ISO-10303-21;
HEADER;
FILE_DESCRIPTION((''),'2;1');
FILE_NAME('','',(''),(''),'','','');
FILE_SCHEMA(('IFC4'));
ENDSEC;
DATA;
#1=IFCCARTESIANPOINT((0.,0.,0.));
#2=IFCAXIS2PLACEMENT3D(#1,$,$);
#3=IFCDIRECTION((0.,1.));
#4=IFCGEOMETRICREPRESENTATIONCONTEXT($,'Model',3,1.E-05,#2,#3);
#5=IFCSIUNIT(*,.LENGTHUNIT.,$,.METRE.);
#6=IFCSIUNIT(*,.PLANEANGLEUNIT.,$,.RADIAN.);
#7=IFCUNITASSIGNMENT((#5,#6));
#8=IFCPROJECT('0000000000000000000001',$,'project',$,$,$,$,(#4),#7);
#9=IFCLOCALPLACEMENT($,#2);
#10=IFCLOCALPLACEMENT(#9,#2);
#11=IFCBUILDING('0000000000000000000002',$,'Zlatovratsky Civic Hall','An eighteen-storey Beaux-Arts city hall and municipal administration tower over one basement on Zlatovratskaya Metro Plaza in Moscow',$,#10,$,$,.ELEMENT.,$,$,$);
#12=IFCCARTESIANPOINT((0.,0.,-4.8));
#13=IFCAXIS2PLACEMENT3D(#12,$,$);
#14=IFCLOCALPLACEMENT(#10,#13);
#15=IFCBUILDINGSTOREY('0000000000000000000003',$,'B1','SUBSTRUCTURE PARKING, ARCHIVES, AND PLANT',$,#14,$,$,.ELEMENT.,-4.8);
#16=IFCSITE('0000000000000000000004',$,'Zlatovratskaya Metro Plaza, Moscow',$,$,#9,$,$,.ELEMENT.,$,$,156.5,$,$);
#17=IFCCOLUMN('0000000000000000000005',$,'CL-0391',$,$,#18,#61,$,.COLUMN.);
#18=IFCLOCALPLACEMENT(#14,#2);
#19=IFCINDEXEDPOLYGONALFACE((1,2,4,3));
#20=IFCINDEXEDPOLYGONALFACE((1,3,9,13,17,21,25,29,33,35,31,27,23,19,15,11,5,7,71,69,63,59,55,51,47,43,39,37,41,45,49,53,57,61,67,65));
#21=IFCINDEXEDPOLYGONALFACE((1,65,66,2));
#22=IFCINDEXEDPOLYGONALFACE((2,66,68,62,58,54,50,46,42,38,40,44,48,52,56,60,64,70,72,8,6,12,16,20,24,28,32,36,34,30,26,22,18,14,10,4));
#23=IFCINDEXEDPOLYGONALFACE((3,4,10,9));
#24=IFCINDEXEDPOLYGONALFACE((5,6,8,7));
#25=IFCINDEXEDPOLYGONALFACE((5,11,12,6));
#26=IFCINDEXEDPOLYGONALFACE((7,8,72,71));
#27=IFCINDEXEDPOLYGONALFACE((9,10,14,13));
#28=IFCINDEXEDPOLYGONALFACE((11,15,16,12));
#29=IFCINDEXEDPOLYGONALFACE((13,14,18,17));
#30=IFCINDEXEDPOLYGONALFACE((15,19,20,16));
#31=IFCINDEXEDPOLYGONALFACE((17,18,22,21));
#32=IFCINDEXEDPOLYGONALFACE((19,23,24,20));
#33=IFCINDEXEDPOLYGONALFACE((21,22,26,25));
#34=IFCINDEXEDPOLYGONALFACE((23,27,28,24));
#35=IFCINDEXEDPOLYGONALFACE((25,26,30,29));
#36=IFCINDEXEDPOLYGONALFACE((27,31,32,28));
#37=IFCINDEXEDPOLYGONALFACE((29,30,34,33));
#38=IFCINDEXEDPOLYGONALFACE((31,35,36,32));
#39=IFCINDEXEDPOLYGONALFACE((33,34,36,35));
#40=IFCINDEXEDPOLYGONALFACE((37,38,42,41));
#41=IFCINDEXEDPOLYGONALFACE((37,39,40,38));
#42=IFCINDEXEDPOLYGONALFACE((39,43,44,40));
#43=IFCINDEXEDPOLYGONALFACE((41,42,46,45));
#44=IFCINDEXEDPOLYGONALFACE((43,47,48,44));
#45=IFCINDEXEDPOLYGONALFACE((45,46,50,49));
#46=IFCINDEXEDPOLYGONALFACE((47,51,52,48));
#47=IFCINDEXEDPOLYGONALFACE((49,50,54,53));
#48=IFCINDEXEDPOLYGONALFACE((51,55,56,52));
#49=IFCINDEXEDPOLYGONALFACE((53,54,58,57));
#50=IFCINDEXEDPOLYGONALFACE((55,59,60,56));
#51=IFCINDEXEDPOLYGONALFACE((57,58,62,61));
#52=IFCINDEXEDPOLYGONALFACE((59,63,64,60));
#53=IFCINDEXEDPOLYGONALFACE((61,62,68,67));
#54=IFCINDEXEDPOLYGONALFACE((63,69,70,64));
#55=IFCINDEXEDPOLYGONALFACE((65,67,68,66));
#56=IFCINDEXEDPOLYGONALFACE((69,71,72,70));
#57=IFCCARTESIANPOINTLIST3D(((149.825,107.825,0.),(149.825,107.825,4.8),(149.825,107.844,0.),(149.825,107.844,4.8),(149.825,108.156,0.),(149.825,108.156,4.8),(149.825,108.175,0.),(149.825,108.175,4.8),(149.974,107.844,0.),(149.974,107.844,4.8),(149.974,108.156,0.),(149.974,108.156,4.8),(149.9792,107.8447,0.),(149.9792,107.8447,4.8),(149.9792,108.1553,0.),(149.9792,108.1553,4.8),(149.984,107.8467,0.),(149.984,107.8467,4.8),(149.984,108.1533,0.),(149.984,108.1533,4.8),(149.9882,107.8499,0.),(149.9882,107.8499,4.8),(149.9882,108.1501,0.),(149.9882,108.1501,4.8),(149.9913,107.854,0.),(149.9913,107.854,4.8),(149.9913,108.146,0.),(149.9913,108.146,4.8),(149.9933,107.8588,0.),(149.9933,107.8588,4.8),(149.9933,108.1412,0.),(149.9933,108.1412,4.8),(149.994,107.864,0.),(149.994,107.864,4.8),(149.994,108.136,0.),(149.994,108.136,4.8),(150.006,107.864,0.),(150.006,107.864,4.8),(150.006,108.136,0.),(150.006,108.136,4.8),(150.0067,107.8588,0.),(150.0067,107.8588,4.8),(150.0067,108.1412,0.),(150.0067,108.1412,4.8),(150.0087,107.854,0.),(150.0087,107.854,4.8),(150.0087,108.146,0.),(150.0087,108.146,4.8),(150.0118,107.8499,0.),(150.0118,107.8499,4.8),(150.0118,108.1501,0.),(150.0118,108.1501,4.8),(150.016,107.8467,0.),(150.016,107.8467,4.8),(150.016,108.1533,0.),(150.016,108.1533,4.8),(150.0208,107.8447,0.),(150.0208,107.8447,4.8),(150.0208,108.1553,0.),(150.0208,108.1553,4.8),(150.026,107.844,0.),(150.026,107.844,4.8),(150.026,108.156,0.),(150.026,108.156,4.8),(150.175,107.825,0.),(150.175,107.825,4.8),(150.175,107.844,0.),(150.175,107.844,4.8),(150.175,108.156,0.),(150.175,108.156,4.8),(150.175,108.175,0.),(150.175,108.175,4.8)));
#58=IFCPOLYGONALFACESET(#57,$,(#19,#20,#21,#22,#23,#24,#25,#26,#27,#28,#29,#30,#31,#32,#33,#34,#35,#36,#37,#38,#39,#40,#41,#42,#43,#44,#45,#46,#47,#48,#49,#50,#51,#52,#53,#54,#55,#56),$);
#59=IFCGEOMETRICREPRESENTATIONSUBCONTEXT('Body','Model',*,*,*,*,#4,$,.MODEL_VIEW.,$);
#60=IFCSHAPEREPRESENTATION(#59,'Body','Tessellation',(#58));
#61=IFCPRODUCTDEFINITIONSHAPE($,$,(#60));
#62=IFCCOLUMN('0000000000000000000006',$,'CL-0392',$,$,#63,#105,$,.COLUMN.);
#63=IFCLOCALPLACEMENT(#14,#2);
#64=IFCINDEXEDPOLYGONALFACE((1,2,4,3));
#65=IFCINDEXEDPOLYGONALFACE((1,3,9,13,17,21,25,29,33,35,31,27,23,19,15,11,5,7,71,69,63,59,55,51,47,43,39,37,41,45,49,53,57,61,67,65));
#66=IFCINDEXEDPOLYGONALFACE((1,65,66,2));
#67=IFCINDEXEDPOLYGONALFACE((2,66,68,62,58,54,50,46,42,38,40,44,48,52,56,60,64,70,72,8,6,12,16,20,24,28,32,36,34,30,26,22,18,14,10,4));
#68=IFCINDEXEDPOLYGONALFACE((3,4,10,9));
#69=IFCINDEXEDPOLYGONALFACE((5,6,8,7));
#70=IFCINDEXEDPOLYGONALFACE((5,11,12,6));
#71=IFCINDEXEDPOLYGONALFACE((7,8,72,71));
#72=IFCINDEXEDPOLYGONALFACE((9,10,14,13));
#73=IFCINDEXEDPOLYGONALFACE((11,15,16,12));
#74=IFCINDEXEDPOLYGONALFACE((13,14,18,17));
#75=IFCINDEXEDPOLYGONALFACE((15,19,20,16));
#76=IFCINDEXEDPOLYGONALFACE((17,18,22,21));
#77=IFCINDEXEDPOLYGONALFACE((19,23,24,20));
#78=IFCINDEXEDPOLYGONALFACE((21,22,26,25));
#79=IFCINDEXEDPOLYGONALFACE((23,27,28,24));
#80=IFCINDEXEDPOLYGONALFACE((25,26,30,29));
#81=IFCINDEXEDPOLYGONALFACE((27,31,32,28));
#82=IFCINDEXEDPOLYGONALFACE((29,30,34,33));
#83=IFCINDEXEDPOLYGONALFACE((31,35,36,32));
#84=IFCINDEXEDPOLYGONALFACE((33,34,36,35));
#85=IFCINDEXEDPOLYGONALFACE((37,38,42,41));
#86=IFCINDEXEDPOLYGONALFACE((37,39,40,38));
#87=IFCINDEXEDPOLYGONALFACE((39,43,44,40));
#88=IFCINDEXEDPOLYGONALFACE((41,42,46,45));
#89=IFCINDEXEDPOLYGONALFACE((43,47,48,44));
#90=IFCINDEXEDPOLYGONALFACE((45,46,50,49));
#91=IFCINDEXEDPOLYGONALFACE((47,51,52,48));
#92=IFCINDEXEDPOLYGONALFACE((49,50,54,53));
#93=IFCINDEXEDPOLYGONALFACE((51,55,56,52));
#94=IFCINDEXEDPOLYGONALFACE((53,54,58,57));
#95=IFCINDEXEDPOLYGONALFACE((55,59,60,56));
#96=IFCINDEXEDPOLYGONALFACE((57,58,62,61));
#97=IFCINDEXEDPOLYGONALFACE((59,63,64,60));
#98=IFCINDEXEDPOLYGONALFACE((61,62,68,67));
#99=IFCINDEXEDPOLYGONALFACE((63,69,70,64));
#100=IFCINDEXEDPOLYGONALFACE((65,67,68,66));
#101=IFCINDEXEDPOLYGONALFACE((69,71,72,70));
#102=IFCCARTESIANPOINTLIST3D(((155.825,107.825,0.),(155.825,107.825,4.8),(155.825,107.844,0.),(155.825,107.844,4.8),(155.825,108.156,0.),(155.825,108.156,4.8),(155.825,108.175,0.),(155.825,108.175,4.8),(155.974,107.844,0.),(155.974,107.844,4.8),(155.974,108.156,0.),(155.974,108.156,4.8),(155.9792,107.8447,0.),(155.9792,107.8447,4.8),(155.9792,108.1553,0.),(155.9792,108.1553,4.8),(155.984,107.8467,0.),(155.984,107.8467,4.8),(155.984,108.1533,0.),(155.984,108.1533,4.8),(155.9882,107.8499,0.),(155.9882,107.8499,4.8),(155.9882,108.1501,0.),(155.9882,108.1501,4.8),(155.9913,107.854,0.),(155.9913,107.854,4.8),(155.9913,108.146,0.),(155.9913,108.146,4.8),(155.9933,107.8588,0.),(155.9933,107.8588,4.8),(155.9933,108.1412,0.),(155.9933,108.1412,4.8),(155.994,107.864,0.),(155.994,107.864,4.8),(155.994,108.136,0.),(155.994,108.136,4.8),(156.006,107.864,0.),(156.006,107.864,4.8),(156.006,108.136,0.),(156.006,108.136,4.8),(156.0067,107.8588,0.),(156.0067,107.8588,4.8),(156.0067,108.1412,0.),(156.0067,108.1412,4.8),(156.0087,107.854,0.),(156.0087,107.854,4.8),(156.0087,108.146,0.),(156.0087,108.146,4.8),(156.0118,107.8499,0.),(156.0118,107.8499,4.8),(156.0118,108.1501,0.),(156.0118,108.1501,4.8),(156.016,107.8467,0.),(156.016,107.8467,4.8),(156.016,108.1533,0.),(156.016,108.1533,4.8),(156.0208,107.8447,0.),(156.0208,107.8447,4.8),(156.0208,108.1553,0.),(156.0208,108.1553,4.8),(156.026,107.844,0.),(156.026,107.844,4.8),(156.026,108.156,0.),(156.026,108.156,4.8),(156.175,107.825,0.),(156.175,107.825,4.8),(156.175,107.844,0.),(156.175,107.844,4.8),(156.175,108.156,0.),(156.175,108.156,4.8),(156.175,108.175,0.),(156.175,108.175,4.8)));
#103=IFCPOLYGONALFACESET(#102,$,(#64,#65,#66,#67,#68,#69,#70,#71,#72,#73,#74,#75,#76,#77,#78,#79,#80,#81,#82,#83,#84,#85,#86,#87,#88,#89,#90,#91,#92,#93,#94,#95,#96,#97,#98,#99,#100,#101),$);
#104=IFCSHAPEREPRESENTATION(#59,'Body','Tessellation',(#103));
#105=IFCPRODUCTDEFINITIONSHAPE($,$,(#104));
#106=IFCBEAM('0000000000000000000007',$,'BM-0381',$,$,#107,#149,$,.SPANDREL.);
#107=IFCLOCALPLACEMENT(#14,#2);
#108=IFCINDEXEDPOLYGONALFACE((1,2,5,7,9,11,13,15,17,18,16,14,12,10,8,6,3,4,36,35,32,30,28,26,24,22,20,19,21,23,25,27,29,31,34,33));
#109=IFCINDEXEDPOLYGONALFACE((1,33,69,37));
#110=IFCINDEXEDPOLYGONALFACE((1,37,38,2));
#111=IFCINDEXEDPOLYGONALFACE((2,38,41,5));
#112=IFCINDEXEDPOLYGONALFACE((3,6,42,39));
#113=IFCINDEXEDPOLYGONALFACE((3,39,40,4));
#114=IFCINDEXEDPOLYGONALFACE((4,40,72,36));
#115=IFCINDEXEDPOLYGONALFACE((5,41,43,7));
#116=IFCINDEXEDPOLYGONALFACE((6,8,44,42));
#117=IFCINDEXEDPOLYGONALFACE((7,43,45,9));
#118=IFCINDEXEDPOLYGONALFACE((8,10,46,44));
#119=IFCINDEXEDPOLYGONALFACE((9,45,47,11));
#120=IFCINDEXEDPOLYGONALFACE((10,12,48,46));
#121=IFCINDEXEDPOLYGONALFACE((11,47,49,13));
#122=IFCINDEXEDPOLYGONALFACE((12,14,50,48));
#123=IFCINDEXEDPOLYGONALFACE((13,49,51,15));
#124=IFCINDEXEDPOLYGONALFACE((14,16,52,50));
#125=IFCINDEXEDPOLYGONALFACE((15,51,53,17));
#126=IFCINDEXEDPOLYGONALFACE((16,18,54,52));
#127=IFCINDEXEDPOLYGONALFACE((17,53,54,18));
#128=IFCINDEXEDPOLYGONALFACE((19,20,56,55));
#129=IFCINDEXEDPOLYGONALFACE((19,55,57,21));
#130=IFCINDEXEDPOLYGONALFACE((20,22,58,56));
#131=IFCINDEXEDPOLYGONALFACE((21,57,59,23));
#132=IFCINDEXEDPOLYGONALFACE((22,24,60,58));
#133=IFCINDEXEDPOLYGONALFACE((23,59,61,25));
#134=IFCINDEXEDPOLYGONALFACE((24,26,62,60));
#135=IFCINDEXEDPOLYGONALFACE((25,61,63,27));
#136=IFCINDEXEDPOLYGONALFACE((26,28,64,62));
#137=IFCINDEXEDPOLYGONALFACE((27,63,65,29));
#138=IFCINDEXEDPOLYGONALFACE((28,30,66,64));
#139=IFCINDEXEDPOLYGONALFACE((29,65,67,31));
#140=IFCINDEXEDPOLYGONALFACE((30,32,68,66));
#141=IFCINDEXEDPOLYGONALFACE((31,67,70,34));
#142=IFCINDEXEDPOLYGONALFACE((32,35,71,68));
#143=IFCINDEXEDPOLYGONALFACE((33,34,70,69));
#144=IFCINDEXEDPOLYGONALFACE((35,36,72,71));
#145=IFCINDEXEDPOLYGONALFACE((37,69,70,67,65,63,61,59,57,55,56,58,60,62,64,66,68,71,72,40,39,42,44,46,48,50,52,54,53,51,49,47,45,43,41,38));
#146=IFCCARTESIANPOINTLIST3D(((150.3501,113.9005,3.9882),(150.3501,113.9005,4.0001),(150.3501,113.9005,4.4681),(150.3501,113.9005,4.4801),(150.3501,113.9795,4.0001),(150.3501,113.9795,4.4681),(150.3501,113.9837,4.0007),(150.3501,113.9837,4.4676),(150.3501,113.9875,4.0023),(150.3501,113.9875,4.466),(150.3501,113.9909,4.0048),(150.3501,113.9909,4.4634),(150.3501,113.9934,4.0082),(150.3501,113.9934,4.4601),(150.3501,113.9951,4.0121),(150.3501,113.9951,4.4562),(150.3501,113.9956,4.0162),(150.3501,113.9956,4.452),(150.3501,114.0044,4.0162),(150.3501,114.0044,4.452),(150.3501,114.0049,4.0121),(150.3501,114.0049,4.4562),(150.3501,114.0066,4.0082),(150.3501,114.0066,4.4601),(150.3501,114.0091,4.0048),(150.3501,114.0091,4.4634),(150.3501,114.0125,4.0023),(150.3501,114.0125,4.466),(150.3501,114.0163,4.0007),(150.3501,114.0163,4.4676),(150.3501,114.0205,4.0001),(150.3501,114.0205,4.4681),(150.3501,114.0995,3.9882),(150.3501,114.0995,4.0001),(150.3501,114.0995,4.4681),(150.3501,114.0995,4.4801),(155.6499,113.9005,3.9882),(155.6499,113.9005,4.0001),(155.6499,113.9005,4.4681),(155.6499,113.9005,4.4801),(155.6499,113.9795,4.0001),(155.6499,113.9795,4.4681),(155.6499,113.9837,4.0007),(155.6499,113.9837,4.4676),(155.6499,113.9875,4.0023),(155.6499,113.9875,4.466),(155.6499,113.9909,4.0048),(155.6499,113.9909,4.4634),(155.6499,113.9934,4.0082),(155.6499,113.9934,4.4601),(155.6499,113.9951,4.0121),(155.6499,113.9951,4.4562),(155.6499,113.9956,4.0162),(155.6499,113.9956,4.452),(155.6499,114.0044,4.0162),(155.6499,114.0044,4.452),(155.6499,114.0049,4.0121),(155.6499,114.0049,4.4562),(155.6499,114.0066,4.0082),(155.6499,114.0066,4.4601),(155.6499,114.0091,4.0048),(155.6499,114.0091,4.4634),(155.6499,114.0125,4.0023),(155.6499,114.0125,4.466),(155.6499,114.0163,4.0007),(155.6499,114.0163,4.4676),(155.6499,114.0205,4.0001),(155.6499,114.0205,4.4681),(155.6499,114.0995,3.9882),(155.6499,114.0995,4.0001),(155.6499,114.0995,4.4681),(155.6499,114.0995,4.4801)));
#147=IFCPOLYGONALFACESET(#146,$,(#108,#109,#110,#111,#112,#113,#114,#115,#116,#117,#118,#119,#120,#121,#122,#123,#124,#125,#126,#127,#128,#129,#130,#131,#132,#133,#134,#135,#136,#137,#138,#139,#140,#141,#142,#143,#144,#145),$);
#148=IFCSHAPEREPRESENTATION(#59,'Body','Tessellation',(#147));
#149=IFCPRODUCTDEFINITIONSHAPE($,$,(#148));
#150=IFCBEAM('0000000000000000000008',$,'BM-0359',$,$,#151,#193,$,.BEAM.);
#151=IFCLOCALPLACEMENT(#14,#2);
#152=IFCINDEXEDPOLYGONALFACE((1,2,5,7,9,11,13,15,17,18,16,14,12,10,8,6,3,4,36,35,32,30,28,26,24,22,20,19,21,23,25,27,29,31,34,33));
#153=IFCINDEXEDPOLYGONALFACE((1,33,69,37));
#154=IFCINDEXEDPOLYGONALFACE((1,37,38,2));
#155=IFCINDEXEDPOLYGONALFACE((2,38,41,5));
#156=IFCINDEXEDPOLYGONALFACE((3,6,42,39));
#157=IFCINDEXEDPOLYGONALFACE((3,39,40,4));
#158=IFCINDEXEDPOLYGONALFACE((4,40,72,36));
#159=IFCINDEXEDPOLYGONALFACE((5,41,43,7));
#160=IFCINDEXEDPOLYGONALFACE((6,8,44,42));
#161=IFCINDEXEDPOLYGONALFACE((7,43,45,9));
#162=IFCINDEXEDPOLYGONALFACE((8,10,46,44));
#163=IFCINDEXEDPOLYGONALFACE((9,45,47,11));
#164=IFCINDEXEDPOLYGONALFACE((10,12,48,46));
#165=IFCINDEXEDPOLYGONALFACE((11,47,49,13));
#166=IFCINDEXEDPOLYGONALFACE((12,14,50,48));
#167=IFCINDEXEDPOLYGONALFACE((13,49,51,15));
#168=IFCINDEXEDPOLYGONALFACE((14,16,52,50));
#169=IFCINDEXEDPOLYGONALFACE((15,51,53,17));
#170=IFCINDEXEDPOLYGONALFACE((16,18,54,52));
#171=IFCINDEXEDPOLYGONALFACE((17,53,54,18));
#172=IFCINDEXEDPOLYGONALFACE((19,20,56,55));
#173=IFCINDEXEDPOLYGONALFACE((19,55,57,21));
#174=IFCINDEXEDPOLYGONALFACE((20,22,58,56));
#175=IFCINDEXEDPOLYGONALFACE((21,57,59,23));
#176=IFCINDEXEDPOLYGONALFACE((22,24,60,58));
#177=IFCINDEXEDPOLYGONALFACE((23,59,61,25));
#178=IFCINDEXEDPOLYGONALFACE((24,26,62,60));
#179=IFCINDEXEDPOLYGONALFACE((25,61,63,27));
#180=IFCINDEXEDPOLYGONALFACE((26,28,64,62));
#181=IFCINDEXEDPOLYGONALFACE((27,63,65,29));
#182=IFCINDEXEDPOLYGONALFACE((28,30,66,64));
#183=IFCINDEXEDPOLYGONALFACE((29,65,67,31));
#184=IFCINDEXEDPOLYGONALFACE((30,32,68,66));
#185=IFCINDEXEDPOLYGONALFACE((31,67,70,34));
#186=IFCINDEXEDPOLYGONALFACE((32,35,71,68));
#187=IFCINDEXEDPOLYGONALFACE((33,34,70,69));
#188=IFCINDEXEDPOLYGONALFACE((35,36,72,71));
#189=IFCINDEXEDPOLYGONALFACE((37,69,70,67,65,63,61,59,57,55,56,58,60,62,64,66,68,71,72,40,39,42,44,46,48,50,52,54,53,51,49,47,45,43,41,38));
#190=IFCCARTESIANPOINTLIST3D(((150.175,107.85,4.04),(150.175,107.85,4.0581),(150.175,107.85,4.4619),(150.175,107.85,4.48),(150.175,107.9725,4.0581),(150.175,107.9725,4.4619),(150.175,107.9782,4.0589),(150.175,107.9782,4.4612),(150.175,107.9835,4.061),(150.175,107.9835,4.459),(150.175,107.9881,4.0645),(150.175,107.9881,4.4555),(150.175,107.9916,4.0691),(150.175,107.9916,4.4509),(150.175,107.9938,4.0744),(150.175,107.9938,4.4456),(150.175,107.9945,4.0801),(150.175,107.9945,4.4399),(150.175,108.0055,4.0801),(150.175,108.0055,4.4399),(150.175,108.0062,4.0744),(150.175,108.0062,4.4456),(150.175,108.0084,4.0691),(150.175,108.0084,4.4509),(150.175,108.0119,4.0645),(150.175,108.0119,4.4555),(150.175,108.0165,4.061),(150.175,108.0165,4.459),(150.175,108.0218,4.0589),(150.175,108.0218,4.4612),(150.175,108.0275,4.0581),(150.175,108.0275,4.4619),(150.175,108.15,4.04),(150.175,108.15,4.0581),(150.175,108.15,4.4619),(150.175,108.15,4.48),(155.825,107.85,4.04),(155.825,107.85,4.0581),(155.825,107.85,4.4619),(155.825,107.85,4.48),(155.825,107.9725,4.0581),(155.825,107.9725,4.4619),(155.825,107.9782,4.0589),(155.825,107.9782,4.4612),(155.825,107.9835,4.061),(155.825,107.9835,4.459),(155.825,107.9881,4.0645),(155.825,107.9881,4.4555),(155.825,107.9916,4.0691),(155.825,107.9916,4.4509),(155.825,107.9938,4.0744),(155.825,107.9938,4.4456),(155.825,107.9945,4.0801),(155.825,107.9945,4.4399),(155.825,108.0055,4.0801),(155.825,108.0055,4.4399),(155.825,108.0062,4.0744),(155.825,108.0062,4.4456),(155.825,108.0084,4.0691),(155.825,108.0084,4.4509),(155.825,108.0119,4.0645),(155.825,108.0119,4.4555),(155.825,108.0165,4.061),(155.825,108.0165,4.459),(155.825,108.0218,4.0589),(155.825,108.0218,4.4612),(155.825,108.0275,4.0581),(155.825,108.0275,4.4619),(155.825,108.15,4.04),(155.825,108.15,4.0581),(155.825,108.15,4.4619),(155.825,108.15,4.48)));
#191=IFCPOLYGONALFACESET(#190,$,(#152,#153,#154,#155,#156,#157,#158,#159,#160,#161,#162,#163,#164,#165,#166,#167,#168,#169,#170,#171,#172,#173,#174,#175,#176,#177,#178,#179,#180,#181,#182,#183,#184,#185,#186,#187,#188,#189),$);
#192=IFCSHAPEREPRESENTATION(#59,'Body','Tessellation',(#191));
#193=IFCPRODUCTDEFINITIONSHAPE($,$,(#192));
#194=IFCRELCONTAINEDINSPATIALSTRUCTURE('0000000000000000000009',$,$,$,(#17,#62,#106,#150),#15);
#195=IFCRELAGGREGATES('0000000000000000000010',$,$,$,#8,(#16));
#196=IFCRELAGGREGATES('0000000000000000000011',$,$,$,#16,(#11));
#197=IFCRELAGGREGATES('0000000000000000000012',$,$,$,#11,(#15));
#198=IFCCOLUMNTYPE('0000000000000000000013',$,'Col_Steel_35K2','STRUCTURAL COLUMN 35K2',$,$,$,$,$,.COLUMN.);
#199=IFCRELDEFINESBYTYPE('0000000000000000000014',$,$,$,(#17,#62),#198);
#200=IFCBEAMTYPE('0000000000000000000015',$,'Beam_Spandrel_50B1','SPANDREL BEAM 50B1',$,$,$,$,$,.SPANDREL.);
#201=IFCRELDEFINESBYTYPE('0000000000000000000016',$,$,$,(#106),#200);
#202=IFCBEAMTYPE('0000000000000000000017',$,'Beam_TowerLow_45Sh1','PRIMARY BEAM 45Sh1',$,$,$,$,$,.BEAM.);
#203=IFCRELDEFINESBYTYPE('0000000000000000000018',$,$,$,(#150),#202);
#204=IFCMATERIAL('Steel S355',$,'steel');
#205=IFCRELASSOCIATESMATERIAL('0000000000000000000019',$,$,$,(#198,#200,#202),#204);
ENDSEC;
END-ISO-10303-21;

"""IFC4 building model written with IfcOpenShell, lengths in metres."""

from ifc_helpers import new_model, si_unit, direction, frame, origin, origin_2d, place, context, subcontext, project, spatial, i_section, extrude, material, material_profile, profile_set, type_object, element, save


model = new_model("IFC4")

# Units and contexts
model_context = context("Model", 3, precision=1e-05, world=origin(), true_north=direction((0.0, 1.0)))
body_context = subcontext(model_context, "Body", "Model", "MODEL_VIEW")
ifc_project = project(units=[si_unit("LENGTHUNIT", "METRE"), si_unit("PLANEANGLEUNIT", "RADIAN")], contexts=[model_context])

# Site, building, storey
site_placement = place(None, origin())
site = spatial("IfcSite", under=ifc_project, at=site_placement, Name="Zlatovratskaya Metro Plaza, Moscow", CompositionType="ELEMENT", RefElevation=156.5)
building_placement = place(site_placement, origin())
building = spatial("IfcBuilding", under=site, at=building_placement, Name="Zlatovratsky Civic Hall", Description="An eighteen-storey Beaux-Arts city hall and municipal administration tower over one basement on Zlatovratskaya Metro Plaza in Moscow", CompositionType="ELEMENT")
storey_placement = place(building_placement, frame((0.0, 0.0, -4.8)))
storey = spatial("IfcBuildingStorey", under=building, at=storey_placement, Name="B1", Description="SUBSTRUCTURE PARKING, ARCHIVES, AND PLANT", CompositionType="ELEMENT", Elevation=-4.8)

# Columns
ifc_material_1 = material(Name="Steel S355", Category="steel")
ifc_material_profile_1 = material_profile(ifc_material_1, i_section(OverallWidth=0.3501, OverallDepth=0.3501, WebThickness=0.012, FlangeThickness=0.019, FilletRadius=0.02, at=origin_2d()), Name="35K2")
ifc_profile_set_1 = profile_set([ifc_material_profile_1], Name="Steel S355")
column_type_1 = type_object("IfcColumnType", Name="Col_Steel_35K2", Description="STRUCTURAL COLUMN 35K2", PredefinedType="COLUMN", material=ifc_profile_set_1)
for number, where, z_axis, x_axis, name in (
    (1, (150.0, 108.0, 0.0), (0.0, 0.0, 1.0), (1.0, 0.0, 0.0), "CL-0391"),
    (2, (156.0, 108.0, 0.0), (0.0, 0.0, 1.0), (1.0, 0.0, 0.0), "CL-0392"),
):
    element("IfcColumn", number, at=place(storey_placement, frame(where, z_axis=z_axis, x_axis=x_axis)), inside=storey, type_object=column_type_1, Name=name, PredefinedType="COLUMN", context=body_context, shape_type="SweptSolid", body=[
        extrude(i_section(OverallWidth=0.3501, OverallDepth=0.3501, WebThickness=0.012, FlangeThickness=0.019, FilletRadius=0.02, at=origin_2d()), origin(), (0.0, 0.0, 1.0), 4.8),
    ])

# Beams
ifc_material_profile_2 = material_profile(ifc_material_1, i_section(OverallWidth=0.199, OverallDepth=0.4919, WebThickness=0.0088, FlangeThickness=0.012, FilletRadius=0.0161, at=origin_2d()), Name="50B1")
ifc_profile_set_2 = profile_set([ifc_material_profile_2], Name="Steel S355")
beam_type_1 = type_object("IfcBeamType", Name="Beam_Spandrel_50B1", Description="SPANDREL BEAM 50B1", PredefinedType="SPANDREL", material=ifc_profile_set_2)
beam_1_placement = place(storey_placement, frame((150.3501, 114.0, 4.2341), z_axis=(1.0, 0.0, 0.0), x_axis=(0.0, 1.0, 0.0)))
element("IfcBeam", 3, at=beam_1_placement, inside=storey, type_object=beam_type_1, Name="BM-0381", PredefinedType="SPANDREL", context=body_context, shape_type="SweptSolid", body=[
    extrude(i_section(OverallWidth=0.199, OverallDepth=0.4919, WebThickness=0.0088, FlangeThickness=0.012, FilletRadius=0.0161, at=origin_2d()), origin(), (0.0, 0.0, 1.0), 5.2998),
])
ifc_material_profile_3 = material_profile(ifc_material_1, i_section(OverallWidth=0.3, OverallDepth=0.4399, WebThickness=0.011, FlangeThickness=0.0181, FilletRadius=0.022, at=origin_2d()), Name="45Sh1")
ifc_profile_set_3 = profile_set([ifc_material_profile_3], Name="Steel S355")
beam_type_2 = type_object("IfcBeamType", Name="Beam_TowerLow_45Sh1", Description="PRIMARY BEAM 45Sh1", PredefinedType="BEAM", material=ifc_profile_set_3)
for number, where, z_axis, x_axis, name in (
    (4, (150.175, 108.0, 4.26), (1.0, 0.0, 0.0), (0.0, 1.0, 0.0), "BM-0359"),
):
    element("IfcBeam", number, at=place(storey_placement, frame(where, z_axis=z_axis, x_axis=x_axis)), inside=storey, type_object=beam_type_2, Name=name, PredefinedType="BEAM", context=body_context, shape_type="SweptSolid", body=[
        extrude(i_section(OverallWidth=0.3, OverallDepth=0.4399, WebThickness=0.011, FlangeThickness=0.0181, FilletRadius=0.022, at=origin_2d()), origin(), (0.0, 0.0, 1.0), 5.6499),
    ])

save(model, "model.ifc")
